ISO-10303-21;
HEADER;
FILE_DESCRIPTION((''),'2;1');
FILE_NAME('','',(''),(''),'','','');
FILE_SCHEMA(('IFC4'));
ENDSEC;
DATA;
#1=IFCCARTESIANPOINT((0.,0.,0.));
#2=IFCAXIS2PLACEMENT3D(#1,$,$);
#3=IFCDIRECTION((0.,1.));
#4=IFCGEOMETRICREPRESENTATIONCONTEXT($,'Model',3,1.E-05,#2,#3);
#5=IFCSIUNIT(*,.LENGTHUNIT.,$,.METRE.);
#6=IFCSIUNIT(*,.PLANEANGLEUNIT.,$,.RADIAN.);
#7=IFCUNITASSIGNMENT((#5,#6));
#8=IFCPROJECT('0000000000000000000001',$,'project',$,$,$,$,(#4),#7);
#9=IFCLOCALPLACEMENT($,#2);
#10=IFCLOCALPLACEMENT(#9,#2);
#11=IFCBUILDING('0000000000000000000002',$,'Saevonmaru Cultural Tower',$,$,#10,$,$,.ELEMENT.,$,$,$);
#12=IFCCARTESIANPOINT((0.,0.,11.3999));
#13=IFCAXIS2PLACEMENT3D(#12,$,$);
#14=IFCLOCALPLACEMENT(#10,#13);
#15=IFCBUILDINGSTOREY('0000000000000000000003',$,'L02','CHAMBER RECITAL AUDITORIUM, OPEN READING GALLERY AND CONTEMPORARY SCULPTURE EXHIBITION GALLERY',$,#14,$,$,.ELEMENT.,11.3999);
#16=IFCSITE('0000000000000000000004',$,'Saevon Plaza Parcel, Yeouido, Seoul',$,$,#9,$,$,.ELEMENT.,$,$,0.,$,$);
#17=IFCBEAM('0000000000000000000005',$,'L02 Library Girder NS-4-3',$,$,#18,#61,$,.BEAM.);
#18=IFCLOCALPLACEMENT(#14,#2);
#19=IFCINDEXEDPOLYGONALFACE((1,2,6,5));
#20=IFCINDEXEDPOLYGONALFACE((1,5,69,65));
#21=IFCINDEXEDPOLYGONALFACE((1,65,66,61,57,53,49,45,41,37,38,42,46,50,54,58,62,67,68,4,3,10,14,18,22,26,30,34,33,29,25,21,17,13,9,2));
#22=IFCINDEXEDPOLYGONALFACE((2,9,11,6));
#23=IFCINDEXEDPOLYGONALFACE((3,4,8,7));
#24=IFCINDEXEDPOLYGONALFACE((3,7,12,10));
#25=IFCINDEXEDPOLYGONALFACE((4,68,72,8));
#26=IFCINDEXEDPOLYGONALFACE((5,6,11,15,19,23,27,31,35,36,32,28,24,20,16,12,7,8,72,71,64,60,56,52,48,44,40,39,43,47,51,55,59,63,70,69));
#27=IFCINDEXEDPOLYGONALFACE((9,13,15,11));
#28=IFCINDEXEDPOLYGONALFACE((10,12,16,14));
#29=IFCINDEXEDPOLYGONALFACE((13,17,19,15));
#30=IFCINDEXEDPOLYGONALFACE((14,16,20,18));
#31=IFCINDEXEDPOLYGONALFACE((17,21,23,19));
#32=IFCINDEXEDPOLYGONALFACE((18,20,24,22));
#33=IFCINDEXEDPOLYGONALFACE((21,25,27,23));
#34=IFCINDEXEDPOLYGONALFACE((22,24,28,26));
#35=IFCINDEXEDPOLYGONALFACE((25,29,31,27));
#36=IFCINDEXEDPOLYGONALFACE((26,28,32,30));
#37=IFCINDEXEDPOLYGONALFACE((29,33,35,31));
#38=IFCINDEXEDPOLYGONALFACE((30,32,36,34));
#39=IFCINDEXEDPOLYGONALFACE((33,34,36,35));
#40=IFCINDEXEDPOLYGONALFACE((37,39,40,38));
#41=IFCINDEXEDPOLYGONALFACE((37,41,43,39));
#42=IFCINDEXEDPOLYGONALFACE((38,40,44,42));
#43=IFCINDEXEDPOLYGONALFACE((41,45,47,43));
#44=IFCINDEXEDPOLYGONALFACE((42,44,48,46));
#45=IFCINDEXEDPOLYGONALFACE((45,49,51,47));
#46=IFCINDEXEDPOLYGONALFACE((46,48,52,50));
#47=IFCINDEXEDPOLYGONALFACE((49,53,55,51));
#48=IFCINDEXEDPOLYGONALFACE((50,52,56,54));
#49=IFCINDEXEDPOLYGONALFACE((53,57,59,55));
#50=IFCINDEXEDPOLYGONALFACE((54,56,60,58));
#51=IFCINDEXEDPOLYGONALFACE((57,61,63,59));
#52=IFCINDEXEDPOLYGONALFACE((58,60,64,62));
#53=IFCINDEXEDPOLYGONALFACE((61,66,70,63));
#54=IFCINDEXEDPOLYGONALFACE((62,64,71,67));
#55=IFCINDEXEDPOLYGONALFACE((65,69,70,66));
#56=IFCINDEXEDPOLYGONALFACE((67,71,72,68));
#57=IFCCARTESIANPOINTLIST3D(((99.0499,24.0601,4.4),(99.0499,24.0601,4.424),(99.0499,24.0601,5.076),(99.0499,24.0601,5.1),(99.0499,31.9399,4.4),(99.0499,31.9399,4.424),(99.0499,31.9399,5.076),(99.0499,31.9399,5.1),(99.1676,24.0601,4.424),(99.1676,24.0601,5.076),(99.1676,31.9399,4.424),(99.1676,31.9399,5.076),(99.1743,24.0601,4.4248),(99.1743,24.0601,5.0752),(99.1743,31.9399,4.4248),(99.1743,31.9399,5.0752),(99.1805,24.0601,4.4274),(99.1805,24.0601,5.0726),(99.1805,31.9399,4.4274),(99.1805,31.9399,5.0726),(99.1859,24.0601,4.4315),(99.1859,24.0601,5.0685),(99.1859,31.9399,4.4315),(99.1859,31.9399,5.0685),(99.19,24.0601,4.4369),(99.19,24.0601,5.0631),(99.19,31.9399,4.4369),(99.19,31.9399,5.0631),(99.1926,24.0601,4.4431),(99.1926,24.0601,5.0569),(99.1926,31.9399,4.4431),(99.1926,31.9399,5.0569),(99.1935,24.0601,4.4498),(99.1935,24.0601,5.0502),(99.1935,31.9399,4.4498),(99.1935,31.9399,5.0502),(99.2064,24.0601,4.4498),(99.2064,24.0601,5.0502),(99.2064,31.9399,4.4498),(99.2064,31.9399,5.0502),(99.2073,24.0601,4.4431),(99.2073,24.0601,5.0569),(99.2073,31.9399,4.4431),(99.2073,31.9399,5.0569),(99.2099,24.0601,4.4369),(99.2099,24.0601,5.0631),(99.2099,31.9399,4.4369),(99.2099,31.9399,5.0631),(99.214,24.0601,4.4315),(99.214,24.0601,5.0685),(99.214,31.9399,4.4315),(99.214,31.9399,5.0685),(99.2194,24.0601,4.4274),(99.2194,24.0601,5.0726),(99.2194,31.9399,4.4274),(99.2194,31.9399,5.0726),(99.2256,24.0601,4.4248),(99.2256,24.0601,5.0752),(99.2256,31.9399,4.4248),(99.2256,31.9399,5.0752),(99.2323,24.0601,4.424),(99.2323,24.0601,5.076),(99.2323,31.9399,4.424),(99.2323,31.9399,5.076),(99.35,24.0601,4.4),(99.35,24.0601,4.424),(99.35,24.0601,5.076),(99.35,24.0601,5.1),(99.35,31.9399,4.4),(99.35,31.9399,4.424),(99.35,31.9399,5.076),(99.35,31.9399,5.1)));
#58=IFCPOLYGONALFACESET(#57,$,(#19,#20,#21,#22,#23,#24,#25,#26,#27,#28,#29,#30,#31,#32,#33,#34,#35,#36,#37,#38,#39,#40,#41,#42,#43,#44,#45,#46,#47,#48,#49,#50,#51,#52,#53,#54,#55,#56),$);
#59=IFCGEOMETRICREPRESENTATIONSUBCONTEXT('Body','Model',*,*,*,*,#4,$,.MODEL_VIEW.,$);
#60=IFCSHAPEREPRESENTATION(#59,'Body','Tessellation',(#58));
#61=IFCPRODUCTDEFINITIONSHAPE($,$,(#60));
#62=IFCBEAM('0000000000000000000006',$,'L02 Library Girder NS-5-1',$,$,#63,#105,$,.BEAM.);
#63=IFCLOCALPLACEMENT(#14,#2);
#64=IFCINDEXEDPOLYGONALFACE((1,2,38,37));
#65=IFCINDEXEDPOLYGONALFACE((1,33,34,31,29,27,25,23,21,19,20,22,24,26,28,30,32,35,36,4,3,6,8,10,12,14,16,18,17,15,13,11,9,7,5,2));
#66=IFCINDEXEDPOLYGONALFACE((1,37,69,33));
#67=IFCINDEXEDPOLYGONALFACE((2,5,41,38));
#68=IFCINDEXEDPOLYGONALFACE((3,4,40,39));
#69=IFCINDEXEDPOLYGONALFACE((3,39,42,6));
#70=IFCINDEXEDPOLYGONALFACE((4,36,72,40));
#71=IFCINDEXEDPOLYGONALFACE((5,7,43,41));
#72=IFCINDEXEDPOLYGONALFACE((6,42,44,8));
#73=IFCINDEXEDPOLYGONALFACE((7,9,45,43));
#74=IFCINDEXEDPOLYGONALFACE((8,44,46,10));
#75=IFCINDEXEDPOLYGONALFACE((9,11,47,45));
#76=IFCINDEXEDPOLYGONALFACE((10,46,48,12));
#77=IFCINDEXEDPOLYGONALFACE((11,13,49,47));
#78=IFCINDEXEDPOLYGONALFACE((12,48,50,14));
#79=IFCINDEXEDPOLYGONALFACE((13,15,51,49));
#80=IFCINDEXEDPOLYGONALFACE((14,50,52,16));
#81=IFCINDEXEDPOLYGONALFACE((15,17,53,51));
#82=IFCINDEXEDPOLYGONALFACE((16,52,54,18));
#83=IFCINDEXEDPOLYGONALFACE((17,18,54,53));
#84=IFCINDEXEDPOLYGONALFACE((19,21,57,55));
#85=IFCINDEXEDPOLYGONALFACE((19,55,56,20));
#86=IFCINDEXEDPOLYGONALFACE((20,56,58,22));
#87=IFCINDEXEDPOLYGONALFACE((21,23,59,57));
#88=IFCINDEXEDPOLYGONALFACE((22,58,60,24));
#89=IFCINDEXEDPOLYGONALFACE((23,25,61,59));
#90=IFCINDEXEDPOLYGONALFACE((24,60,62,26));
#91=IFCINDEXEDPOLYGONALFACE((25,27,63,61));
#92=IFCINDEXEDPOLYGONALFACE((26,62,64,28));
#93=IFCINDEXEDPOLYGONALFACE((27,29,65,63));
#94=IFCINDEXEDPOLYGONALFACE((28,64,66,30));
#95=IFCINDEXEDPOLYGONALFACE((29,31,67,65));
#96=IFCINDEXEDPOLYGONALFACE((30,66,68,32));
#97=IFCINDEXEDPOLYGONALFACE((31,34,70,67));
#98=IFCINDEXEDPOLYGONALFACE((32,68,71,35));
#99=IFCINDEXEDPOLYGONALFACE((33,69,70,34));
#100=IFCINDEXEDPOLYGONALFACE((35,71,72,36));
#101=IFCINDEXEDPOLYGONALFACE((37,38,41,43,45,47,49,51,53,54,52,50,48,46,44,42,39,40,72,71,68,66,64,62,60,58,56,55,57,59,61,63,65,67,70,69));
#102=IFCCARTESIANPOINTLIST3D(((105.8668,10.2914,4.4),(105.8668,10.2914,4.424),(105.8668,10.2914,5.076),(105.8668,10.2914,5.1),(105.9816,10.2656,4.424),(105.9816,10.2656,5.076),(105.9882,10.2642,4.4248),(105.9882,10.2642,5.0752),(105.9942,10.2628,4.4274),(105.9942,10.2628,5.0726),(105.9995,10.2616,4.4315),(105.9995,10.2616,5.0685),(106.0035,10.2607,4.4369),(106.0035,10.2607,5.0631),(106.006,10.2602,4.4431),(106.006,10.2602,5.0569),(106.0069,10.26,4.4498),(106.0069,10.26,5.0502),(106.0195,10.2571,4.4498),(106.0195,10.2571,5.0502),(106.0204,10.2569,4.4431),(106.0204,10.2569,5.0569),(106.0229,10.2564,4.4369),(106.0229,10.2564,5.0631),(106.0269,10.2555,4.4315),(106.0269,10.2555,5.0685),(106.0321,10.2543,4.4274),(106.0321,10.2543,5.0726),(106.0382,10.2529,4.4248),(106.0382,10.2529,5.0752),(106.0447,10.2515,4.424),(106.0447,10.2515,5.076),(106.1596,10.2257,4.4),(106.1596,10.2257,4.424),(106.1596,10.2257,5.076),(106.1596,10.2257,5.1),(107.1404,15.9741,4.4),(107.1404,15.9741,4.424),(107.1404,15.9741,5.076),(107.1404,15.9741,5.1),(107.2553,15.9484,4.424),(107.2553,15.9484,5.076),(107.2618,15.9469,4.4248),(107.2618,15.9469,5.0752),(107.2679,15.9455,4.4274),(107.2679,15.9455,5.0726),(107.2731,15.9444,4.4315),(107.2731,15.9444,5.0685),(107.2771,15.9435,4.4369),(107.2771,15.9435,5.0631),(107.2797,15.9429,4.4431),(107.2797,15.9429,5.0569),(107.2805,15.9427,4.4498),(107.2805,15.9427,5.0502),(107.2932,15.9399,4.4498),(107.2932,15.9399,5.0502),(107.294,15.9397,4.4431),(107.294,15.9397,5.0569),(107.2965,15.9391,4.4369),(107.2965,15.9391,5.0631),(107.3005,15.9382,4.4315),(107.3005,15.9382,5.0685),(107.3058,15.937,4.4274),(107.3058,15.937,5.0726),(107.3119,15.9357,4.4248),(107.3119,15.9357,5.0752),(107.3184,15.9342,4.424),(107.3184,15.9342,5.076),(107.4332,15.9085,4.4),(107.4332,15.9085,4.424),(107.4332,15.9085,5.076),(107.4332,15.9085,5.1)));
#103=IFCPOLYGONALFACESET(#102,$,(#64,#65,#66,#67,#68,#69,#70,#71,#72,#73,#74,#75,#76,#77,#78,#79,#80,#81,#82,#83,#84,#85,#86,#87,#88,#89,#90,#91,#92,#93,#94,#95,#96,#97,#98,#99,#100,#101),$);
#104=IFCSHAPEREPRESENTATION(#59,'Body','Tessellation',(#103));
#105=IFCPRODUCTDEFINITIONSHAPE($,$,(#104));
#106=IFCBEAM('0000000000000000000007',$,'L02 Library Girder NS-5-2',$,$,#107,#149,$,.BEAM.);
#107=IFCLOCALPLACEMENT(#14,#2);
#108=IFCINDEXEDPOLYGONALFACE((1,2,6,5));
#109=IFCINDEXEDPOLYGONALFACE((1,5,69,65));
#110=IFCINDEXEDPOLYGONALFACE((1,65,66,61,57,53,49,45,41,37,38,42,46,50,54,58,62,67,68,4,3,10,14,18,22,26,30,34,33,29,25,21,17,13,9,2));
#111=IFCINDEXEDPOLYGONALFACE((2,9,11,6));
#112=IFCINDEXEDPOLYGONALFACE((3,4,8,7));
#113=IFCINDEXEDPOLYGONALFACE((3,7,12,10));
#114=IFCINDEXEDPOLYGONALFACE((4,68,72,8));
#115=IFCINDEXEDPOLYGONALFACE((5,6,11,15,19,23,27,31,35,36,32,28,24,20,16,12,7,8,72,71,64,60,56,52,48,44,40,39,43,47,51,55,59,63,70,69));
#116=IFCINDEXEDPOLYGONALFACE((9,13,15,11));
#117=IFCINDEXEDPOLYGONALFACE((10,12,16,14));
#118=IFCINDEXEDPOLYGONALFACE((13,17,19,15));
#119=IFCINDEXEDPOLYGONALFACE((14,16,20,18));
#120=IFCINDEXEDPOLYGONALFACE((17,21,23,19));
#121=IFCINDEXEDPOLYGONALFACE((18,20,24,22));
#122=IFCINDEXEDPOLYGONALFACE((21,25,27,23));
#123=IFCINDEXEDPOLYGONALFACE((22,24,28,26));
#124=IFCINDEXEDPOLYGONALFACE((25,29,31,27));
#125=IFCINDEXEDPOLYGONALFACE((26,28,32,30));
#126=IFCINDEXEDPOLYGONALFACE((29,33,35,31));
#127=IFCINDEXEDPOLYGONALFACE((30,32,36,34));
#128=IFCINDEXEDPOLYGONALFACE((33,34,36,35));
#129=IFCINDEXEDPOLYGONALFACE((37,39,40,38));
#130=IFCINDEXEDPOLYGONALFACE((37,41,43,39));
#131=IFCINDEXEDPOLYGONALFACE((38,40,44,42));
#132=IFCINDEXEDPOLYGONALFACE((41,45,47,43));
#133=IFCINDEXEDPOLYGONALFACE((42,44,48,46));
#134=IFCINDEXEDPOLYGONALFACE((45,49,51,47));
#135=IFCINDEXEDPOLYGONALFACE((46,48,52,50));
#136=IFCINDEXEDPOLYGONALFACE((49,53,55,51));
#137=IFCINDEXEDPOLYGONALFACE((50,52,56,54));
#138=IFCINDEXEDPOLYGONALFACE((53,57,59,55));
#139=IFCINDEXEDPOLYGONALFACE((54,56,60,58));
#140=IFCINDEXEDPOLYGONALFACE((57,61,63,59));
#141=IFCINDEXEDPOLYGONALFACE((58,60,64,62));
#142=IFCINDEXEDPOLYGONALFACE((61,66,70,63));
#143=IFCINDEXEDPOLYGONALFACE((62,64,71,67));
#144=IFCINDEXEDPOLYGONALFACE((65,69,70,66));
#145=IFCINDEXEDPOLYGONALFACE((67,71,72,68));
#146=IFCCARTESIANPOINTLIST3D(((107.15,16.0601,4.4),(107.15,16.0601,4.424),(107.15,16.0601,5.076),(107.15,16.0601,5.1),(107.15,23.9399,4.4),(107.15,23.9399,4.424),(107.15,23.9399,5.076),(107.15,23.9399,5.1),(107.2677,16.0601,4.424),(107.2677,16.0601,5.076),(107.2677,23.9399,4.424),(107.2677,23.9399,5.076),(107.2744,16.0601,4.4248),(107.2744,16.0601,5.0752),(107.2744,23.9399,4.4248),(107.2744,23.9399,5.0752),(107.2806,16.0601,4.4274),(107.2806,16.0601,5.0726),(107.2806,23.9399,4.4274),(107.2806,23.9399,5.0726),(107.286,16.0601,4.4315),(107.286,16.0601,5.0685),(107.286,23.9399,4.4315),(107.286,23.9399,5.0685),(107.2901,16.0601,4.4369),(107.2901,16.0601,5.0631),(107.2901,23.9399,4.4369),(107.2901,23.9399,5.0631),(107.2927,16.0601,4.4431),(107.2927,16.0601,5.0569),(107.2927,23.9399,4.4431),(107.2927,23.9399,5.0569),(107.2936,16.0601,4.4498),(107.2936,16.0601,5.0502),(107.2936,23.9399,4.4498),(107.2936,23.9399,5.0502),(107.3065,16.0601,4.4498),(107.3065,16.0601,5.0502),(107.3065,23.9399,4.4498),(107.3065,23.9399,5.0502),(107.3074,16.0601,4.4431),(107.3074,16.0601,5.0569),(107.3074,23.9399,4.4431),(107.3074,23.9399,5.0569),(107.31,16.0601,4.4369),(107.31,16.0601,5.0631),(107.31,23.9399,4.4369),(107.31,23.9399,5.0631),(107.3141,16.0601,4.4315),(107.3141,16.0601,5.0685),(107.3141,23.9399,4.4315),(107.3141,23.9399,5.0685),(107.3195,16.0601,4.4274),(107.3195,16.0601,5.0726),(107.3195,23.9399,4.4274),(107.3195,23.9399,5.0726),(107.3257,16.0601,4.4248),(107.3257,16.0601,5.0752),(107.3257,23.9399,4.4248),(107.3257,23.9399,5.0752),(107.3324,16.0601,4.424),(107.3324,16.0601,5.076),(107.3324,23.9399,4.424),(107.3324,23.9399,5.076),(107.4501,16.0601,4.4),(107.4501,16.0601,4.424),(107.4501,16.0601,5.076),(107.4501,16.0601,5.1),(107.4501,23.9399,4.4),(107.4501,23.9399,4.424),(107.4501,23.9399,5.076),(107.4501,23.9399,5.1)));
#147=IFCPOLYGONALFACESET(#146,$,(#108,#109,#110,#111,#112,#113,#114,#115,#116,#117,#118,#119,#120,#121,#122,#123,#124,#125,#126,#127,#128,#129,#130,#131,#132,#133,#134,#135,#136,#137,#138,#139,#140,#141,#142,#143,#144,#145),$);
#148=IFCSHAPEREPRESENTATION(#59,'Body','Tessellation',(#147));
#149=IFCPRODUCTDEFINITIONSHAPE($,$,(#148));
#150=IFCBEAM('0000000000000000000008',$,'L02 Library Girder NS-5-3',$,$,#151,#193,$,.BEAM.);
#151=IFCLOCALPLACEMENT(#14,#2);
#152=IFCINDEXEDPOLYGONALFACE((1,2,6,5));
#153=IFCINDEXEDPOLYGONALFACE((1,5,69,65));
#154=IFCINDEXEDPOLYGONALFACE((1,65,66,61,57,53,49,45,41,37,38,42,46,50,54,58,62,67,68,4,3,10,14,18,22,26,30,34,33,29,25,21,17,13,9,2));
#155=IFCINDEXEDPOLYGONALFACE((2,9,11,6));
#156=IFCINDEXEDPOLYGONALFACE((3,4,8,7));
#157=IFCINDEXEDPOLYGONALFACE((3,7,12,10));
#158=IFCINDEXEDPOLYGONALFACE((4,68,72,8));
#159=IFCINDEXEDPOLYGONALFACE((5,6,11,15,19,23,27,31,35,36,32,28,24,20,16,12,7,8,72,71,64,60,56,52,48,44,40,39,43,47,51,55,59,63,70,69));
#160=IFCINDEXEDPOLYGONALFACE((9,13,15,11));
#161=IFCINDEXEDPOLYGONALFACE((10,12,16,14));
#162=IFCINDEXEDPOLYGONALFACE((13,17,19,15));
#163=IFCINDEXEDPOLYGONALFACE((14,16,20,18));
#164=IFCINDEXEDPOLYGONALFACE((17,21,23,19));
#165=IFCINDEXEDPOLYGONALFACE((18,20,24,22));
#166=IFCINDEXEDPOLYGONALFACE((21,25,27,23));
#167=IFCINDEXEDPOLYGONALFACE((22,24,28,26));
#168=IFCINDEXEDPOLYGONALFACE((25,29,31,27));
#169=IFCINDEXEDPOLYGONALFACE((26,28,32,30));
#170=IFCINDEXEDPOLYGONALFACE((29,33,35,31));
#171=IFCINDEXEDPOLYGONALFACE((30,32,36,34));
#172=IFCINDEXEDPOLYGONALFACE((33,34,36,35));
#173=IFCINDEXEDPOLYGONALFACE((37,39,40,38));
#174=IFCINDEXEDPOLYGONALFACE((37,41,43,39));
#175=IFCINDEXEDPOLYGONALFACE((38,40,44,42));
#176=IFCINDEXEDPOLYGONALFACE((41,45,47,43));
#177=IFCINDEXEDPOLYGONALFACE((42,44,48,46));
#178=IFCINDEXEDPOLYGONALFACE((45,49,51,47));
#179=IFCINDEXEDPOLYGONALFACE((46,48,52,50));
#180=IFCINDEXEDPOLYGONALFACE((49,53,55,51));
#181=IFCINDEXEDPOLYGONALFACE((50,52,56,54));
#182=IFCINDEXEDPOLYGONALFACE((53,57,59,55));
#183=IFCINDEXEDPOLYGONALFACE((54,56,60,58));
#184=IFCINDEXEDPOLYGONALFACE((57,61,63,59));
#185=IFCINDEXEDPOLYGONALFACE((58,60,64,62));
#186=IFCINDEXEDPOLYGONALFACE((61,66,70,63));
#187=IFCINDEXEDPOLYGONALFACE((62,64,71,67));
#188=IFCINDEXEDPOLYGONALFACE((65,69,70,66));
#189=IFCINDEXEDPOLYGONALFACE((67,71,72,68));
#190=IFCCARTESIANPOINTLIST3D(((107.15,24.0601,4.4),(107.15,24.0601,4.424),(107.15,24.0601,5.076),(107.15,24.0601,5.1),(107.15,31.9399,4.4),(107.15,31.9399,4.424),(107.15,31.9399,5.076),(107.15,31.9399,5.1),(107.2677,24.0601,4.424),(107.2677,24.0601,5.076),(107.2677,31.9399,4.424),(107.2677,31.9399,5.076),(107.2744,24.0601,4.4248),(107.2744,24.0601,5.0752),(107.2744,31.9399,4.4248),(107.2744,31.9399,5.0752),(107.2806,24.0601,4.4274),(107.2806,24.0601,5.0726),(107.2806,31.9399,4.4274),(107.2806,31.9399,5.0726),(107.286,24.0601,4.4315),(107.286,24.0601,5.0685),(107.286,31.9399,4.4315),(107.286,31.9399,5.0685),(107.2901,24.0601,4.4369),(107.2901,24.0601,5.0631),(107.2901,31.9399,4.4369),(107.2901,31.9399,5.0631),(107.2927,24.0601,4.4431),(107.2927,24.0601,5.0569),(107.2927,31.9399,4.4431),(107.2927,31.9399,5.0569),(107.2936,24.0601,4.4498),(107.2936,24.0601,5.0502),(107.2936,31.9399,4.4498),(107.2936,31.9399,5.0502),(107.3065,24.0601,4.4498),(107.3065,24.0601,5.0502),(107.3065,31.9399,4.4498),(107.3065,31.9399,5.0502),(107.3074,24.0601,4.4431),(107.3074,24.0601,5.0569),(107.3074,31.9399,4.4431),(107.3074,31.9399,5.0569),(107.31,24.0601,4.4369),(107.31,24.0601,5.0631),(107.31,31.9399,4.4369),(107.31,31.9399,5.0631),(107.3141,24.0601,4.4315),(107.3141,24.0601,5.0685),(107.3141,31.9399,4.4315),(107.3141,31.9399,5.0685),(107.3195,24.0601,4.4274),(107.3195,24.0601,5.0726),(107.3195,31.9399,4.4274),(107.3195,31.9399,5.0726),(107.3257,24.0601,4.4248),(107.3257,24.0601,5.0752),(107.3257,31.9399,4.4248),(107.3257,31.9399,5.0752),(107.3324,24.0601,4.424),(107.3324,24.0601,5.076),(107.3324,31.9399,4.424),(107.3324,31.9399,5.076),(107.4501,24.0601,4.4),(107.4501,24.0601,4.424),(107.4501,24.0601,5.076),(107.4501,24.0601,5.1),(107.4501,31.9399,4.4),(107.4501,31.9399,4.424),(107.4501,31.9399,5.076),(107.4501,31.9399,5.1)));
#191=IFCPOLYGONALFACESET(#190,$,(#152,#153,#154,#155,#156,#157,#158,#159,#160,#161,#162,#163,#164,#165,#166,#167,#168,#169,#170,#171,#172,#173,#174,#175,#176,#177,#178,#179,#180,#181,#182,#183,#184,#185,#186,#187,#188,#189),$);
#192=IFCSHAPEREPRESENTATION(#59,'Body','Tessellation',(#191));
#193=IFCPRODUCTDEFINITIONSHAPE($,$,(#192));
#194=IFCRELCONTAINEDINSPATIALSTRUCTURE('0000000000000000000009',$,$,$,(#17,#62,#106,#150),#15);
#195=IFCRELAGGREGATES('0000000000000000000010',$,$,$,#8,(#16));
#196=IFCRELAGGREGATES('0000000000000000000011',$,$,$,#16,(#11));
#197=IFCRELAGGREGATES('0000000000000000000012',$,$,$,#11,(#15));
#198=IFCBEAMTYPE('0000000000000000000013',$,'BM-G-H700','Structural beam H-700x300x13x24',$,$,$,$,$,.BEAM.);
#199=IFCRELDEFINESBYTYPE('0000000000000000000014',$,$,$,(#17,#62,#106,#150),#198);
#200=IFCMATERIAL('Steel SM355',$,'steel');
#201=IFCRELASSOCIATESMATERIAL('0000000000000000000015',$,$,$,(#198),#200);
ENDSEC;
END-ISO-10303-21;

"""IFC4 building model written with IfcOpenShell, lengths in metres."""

from ifc_helpers import new_model, si_unit, direction, frame, origin, origin_2d, place, context, subcontext, project, spatial, i_section, extrude, material, material_profile, profile_set, type_object, element, save


model = new_model("IFC4")

# Units and contexts
model_context = context("Model", 3, precision=1e-05, world=origin(), true_north=direction((0.0, 1.0)))
body_context = subcontext(model_context, "Body", "Model", "MODEL_VIEW")
ifc_project = project(units=[si_unit("LENGTHUNIT", "METRE"), si_unit("PLANEANGLEUNIT", "RADIAN")], contexts=[model_context])

# Site, building, storey
site_placement = place(None, origin())
site = spatial("IfcSite", under=ifc_project, at=site_placement, Name="Saevon Plaza Parcel, Yeouido, Seoul", CompositionType="ELEMENT", RefElevation=0.0)
building_placement = place(site_placement, origin())
building = spatial("IfcBuilding", under=site, at=building_placement, Name="Saevonmaru Cultural Tower", CompositionType="ELEMENT")
storey_placement = place(building_placement, frame((0.0, 0.0, 11.3999)))
storey = spatial("IfcBuildingStorey", under=building, at=storey_placement, Name="L02", Description="CHAMBER RECITAL AUDITORIUM, OPEN READING GALLERY AND CONTEMPORARY SCULPTURE EXHIBITION GALLERY", CompositionType="ELEMENT", Elevation=11.3999)

# Shared definitions
ifc_material_1 = material(Name="Steel SM355", Category="steel")

# Beams
ifc_material_profile_1 = material_profile(ifc_material_1, i_section(OverallWidth=0.3, OverallDepth=0.7, WebThickness=0.0129, FlangeThickness=0.0239, FilletRadius=0.0259, at=origin_2d()), Name="H-700x300x13x24")
ifc_profile_set_1 = profile_set([ifc_material_profile_1], Name="Steel SM355")
beam_type_1 = type_object("IfcBeamType", Name="BM-G-H700", Description="Structural beam H-700x300x13x24", PredefinedType="BEAM", material=ifc_profile_set_1)
for number, where, z_axis, x_axis, name in (
    (1, (99.2, 24.0601, 4.75), (0.0, 1.0, 0.0), (-1.0, 0.0, 0.0), "L02 Library Girder NS-4-3"),
):
    element("IfcBeam", number, at=place(storey_placement, frame(where, z_axis=z_axis, x_axis=x_axis)), inside=storey, type_object=beam_type_1, Name=name, PredefinedType="BEAM", context=body_context, shape_type="SweptSolid", body=[
        extrude(i_section(OverallWidth=0.3, OverallDepth=0.7, WebThickness=0.0129, FlangeThickness=0.0239, FilletRadius=0.0259, at=origin_2d()), origin(), (0.0, 0.0, 1.0), 7.8799),
    ])
beam_1_placement = place(storey_placement, frame((106.0132, 10.2585, 4.75), z_axis=(0.218701, 0.975792, 0.0), x_axis=(-0.975792, 0.218701, 0.0)))
element("IfcBeam", 2, at=beam_1_placement, inside=storey, type_object=beam_type_1, Name="L02 Library Girder NS-5-1", PredefinedType="BEAM", context=body_context, shape_type="SweptSolid", body=[
    extrude(i_section(OverallWidth=0.3, OverallDepth=0.7, WebThickness=0.0129, FlangeThickness=0.0239, FilletRadius=0.0259, at=origin_2d()), origin(), (0.0, 0.0, 1.0), 5.8237),
])
for number, where, z_axis, x_axis, name in (
    (3, (107.3, 16.0601, 4.75), (0.0, 1.0, 0.0), (-1.0, 0.0, 0.0), "L02 Library Girder NS-5-2"),
    (4, (107.3, 24.0601, 4.75), (0.0, 1.0, 0.0), (-1.0, 0.0, 0.0), "L02 Library Girder NS-5-3"),
):
    element("IfcBeam", number, at=place(storey_placement, frame(where, z_axis=z_axis, x_axis=x_axis)), inside=storey, type_object=beam_type_1, Name=name, PredefinedType="BEAM", context=body_context, shape_type="SweptSolid", body=[
        extrude(i_section(OverallWidth=0.3, OverallDepth=0.7, WebThickness=0.0129, FlangeThickness=0.0239, FilletRadius=0.0259, at=origin_2d()), origin(), (0.0, 0.0, 1.0), 7.8799),
    ])

save(model, "model.ifc")
